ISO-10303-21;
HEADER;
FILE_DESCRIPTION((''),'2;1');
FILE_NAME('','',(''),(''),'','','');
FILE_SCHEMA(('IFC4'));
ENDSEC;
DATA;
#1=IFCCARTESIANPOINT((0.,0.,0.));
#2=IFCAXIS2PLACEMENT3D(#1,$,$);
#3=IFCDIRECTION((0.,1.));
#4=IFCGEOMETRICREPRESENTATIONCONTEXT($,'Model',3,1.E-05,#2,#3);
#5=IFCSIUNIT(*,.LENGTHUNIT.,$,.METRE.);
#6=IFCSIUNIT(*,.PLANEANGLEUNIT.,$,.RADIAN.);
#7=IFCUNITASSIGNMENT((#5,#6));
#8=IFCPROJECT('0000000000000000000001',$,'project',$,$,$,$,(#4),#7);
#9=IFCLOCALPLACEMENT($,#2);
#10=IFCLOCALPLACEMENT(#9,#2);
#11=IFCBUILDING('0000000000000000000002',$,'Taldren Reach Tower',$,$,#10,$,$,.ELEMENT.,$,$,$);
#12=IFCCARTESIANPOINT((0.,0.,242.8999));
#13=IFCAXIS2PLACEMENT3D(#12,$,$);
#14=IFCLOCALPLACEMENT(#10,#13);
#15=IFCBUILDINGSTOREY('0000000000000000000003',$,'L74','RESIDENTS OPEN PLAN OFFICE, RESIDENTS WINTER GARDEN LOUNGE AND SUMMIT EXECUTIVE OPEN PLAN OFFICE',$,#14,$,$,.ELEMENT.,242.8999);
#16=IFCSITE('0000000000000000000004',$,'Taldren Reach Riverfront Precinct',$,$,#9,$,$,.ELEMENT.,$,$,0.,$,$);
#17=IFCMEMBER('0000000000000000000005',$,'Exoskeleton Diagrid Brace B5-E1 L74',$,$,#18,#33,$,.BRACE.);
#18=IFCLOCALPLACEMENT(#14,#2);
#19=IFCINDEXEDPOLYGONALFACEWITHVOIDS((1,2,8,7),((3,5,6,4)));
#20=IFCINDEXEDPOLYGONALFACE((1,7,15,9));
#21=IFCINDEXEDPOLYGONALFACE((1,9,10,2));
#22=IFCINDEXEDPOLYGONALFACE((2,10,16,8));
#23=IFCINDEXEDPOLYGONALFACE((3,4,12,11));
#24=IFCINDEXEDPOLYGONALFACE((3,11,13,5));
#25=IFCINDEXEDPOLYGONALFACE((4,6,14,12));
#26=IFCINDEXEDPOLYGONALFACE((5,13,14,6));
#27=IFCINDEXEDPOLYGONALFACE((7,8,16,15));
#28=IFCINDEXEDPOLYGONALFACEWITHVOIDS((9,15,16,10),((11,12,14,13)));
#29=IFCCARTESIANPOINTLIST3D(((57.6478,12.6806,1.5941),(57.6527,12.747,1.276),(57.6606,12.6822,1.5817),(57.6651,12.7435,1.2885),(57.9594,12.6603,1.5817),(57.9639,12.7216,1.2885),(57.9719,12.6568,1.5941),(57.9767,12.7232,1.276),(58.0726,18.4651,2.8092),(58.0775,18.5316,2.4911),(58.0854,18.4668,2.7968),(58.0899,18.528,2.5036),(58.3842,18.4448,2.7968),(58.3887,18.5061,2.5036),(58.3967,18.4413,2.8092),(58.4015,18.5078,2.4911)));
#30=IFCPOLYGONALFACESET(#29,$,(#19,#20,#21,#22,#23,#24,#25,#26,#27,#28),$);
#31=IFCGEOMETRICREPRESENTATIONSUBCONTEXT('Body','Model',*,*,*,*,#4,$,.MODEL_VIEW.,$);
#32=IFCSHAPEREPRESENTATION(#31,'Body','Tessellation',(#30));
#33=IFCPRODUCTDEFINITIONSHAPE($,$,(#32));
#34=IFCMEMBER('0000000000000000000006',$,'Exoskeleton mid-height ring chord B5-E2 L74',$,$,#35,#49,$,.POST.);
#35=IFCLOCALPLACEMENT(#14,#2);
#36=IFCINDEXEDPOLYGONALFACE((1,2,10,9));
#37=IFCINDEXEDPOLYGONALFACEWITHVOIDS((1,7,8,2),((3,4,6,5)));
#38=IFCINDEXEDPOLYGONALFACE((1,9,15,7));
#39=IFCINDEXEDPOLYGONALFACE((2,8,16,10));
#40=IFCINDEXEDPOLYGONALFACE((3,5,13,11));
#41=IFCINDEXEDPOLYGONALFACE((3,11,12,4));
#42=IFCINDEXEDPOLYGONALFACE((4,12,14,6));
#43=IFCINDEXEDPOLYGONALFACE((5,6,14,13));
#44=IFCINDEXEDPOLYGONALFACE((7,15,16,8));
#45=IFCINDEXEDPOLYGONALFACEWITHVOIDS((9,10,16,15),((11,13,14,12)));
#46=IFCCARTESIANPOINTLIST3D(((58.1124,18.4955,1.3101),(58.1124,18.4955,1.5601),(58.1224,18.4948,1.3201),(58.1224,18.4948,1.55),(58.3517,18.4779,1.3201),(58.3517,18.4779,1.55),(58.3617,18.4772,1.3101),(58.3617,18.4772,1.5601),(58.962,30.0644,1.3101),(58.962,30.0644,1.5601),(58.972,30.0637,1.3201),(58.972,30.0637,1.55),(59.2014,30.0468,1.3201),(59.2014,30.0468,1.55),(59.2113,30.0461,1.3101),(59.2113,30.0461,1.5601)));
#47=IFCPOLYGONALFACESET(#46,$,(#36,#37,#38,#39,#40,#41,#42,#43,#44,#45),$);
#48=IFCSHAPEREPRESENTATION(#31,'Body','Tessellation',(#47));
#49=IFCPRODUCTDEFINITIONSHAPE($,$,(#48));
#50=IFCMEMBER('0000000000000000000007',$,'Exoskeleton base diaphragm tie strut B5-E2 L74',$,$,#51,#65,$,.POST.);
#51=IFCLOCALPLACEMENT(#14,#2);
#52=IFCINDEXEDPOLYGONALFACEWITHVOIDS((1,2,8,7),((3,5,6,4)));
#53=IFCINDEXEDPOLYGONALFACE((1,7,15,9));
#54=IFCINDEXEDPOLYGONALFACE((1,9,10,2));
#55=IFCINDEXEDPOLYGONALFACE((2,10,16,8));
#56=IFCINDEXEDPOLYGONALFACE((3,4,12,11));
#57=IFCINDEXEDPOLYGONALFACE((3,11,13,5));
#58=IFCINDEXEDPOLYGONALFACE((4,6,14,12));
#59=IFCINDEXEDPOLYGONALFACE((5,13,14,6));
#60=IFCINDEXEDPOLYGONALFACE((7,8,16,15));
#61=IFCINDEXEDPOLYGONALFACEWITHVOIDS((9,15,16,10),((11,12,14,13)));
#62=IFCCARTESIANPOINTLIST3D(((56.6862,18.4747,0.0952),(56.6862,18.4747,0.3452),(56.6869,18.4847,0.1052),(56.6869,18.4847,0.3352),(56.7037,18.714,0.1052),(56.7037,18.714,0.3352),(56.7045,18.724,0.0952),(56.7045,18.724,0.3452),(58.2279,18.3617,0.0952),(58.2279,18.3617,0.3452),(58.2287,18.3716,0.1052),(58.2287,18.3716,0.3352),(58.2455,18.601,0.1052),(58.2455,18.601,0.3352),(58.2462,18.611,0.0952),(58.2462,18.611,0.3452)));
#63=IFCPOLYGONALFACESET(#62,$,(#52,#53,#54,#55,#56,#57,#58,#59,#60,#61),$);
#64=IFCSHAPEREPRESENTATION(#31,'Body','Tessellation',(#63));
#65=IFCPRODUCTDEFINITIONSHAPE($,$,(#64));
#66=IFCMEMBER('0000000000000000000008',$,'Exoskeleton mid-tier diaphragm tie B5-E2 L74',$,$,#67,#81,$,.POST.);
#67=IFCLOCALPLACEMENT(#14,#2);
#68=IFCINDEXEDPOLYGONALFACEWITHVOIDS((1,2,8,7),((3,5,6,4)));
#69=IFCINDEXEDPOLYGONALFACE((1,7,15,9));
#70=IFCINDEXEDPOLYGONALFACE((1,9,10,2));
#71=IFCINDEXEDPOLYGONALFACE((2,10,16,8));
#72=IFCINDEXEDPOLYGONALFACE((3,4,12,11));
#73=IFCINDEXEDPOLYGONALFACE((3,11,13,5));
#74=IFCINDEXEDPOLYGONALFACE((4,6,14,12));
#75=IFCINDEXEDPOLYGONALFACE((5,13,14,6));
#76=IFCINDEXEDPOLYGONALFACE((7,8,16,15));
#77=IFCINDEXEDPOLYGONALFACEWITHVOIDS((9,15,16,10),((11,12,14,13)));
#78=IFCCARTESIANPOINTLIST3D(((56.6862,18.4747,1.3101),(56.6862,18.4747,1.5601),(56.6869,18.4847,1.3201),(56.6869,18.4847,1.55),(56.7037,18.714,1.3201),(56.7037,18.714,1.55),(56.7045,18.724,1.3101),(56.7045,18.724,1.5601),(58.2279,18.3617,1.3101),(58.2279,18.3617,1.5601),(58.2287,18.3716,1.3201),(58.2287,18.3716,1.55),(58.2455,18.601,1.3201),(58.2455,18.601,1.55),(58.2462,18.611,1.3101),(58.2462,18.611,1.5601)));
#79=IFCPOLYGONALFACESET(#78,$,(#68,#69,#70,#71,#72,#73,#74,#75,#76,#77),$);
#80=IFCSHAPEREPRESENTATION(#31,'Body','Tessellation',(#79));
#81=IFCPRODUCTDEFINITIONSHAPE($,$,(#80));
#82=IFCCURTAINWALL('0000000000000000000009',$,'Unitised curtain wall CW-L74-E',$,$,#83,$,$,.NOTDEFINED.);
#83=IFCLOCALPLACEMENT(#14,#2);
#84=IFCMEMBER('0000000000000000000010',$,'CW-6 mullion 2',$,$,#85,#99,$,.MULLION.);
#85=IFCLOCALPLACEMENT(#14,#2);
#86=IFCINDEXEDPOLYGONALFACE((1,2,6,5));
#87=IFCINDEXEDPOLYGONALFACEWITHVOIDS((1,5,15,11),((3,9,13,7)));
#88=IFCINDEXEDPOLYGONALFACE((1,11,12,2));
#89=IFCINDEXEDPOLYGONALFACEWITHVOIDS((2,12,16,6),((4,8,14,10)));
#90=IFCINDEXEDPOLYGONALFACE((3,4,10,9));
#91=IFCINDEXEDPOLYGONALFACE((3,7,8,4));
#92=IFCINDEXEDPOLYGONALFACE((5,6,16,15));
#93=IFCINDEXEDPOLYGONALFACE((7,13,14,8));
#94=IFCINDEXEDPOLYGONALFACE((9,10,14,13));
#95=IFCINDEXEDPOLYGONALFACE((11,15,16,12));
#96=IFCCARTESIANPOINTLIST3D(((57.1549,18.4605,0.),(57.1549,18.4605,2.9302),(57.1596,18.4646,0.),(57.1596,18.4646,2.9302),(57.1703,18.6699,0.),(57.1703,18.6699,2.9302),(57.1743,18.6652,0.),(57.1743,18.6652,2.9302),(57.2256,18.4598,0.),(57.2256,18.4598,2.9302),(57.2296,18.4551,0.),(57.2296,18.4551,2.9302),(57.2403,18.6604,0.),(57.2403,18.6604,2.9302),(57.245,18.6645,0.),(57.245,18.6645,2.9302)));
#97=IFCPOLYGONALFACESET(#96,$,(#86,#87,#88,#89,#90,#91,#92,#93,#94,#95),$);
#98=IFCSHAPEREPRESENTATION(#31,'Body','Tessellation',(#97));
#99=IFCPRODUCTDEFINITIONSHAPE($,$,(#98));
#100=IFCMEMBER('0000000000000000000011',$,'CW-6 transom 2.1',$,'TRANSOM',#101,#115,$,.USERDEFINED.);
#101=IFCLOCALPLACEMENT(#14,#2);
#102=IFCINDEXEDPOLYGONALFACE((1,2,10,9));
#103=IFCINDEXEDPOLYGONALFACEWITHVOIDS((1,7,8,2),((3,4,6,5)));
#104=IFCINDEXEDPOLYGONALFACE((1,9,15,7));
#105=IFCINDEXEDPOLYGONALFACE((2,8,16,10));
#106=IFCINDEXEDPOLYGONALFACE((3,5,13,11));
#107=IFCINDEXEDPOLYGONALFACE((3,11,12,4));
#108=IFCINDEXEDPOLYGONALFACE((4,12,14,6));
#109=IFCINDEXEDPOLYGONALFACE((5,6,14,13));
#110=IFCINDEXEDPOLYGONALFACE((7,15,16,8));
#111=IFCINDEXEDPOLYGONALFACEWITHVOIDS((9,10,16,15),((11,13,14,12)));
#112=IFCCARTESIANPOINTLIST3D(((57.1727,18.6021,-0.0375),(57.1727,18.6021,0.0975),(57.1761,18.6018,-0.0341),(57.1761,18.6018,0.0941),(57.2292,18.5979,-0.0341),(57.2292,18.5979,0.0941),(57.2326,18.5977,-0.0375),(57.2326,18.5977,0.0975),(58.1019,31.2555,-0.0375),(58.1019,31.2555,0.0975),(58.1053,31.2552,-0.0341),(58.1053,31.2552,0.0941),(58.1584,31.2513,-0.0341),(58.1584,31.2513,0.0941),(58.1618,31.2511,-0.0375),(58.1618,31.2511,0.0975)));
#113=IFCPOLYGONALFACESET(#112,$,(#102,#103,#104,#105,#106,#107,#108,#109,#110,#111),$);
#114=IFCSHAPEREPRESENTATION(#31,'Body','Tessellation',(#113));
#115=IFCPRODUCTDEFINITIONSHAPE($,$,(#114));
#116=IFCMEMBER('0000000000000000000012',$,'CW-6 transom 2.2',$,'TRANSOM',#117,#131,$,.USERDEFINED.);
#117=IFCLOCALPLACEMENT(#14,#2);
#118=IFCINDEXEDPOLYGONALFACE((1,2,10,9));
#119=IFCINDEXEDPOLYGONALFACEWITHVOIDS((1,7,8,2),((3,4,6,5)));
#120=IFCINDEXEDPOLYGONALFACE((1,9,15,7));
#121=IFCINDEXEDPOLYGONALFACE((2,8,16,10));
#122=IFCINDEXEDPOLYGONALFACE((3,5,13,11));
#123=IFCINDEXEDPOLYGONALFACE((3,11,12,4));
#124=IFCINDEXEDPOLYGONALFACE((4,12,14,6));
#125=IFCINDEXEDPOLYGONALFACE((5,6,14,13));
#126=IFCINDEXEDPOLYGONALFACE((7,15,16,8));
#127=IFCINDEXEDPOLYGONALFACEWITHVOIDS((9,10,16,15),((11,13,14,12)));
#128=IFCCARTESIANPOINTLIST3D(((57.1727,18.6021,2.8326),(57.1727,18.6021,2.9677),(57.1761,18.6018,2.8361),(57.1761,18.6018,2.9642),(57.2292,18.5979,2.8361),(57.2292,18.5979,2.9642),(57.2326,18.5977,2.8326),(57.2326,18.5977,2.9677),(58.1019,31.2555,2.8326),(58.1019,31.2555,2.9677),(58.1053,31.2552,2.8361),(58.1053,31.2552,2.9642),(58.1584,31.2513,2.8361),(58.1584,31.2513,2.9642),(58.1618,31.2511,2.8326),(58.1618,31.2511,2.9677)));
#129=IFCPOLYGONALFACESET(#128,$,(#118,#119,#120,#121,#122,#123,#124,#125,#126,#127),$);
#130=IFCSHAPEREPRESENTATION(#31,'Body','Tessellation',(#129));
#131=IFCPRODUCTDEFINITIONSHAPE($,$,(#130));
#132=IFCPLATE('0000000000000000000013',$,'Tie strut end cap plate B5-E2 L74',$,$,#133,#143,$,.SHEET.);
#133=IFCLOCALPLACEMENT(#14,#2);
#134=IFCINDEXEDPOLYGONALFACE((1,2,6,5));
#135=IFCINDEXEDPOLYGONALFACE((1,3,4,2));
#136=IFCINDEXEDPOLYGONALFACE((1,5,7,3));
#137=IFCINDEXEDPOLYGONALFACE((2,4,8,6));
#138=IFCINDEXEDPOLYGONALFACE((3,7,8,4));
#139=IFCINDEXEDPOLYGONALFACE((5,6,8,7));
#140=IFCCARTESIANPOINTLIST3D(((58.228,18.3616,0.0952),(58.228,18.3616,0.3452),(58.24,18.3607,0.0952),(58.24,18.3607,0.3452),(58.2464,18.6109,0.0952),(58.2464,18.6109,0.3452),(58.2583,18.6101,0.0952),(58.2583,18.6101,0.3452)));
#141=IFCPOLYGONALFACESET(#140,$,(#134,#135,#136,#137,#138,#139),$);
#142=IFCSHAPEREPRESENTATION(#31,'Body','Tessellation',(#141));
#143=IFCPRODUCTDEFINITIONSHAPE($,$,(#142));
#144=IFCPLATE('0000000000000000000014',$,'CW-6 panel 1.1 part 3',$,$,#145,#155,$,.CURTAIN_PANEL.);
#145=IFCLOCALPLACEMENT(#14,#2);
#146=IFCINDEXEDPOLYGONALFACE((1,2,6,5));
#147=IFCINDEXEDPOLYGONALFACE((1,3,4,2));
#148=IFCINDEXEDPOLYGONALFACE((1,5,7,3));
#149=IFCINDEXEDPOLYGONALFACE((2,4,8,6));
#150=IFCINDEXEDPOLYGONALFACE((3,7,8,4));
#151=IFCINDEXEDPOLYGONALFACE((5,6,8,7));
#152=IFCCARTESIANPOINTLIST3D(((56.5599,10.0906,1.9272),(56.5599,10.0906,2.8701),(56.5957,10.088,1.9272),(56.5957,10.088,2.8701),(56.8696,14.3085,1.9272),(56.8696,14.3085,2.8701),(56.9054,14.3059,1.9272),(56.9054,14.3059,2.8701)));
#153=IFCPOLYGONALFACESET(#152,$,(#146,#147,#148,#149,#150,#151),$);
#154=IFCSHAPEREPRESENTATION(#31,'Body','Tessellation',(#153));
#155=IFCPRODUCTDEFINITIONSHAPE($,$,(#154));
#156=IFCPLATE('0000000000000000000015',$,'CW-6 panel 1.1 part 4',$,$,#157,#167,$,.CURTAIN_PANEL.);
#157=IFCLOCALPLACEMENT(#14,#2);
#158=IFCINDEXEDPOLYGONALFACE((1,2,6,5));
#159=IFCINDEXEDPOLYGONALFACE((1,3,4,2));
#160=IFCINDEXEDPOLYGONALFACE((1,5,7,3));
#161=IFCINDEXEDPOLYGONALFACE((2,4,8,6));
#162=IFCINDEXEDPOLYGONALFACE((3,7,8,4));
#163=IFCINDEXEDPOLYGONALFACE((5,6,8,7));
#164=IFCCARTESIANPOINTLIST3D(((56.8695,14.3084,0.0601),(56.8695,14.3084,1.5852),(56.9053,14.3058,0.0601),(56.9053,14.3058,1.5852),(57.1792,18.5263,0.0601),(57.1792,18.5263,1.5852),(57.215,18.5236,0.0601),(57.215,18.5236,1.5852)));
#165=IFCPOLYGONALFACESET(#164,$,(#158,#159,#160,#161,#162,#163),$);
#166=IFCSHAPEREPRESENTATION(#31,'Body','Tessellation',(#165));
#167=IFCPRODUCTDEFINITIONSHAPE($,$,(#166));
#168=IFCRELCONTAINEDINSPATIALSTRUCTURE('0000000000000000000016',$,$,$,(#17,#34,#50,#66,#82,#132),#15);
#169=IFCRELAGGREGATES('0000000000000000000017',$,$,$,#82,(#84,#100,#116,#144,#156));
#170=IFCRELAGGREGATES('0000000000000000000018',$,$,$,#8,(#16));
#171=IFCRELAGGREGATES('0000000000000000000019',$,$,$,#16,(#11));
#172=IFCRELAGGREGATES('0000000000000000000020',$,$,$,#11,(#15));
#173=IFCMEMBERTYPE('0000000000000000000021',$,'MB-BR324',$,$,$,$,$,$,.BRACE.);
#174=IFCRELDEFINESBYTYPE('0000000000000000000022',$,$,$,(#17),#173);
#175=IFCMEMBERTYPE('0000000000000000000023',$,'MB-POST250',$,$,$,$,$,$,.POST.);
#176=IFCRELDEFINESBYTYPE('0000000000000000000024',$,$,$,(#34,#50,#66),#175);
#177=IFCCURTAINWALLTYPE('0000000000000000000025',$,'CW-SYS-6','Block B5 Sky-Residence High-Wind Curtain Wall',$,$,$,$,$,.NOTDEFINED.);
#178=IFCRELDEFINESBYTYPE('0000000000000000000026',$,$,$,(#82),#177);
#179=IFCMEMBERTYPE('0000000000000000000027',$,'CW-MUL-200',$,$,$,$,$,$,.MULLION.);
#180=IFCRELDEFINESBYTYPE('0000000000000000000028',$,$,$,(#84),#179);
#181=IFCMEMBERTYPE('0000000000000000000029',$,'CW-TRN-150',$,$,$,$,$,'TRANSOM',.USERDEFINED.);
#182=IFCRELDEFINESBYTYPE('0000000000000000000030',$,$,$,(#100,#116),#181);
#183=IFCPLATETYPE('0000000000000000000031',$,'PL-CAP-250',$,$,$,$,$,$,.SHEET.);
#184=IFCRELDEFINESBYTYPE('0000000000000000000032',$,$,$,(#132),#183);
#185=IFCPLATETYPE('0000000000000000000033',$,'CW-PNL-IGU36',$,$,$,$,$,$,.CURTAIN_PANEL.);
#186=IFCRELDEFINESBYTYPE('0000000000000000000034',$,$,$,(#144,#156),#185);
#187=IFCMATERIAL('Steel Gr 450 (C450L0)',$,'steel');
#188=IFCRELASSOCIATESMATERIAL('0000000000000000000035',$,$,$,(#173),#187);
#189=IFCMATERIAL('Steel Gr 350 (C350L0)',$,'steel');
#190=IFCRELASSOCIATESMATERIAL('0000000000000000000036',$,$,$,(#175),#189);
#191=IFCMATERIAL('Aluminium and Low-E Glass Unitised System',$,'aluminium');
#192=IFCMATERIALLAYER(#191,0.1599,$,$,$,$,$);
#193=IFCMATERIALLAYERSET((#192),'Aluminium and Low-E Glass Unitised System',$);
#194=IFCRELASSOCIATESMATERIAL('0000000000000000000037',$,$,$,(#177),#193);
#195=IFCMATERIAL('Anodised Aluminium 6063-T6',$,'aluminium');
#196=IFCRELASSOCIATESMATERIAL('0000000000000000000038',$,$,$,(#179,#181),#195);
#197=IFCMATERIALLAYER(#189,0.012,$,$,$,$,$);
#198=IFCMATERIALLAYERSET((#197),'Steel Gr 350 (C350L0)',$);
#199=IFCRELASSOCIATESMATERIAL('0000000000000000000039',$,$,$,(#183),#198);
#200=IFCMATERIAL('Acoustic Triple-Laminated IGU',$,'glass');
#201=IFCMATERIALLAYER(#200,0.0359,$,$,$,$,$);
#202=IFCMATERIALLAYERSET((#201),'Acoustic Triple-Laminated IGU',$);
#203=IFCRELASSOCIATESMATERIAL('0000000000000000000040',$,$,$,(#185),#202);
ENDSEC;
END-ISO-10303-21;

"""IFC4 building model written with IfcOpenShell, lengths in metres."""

from ifc_helpers import new_model, si_unit, direction, frame, origin, origin_2d, place, context, subcontext, project, spatial, rectangle, hollow_rectangle, extrude, source, transform, mapped, material, layer, layer_set, material_profile, profile_set, type_object, element, aggregate, save


model = new_model("IFC4")

# Units and contexts
model_context = context("Model", 3, precision=1e-05, world=origin(), true_north=direction((0.0, 1.0)))
body_context = subcontext(model_context, "Body", "Model", "MODEL_VIEW")
ifc_project = project(units=[si_unit("LENGTHUNIT", "METRE"), si_unit("PLANEANGLEUNIT", "RADIAN")], contexts=[model_context])

# Site, building, storey
site_placement = place(None, origin())
site = spatial("IfcSite", under=ifc_project, at=site_placement, Name="Taldren Reach Riverfront Precinct", CompositionType="ELEMENT", RefElevation=0.0)
building_placement = place(site_placement, origin())
building = spatial("IfcBuilding", under=site, at=building_placement, Name="Taldren Reach Tower", CompositionType="ELEMENT")
storey_placement = place(building_placement, frame((0.0, 0.0, 242.8999)))
storey = spatial("IfcBuildingStorey", under=building, at=storey_placement, Name="L74", Description="RESIDENTS OPEN PLAN OFFICE, RESIDENTS WINTER GARDEN LOUNGE AND SUMMIT EXECUTIVE OPEN PLAN OFFICE", CompositionType="ELEMENT", Elevation=242.8999)

# Shared definitions
ifc_material_1 = material(Name="Steel Gr 450 (C450L0)", Category="steel")

# Members
ifc_material_profile_1 = material_profile(ifc_material_1, hollow_rectangle(XDim=0.325, YDim=0.325, WallThickness=0.0127, at=origin_2d()), Name="325x325x12.7SHS")
ifc_profile_set_1 = profile_set([ifc_material_profile_1], Name="Steel Gr 450 (C450L0)")
member_type_1 = type_object("IfcMemberType", Name="MB-BR324", PredefinedType="BRACE", material=ifc_profile_set_1)
shared_shape_1 = source(origin(), body_context, "Body", "SweptSolid", [
    extrude(hollow_rectangle(XDim=0.325, YDim=0.325, WallThickness=0.0127, at=origin_2d()), origin(), (0.0, 0.0, 1.0), 5.926),
])
member_1_placement = place(storey_placement, frame((57.8123, 12.7019, 1.4351), z_axis=(0.071686, 0.976123, 0.205046), x_axis=(-0.997314, 0.073242, 0.0)))
element("IfcMember", 1, at=member_1_placement, inside=storey, type_object=member_type_1, Name="Exoskeleton Diagrid Brace B5-E1 L74", PredefinedType="BRACE", context=body_context, shape_type="MappedRepresentation", body=[
    mapped(shared_shape_1, transform((0.0, 0.0, 0.0), scale=1.0)),
])
ifc_material_2 = material(Name="Steel Gr 350 (C350L0)", Category="steel")
ifc_material_profile_2 = material_profile(ifc_material_2, hollow_rectangle(XDim=0.25, YDim=0.25, WallThickness=0.01, at=origin_2d()), Name="250x250x10.0SHS")
ifc_profile_set_2 = profile_set([ifc_material_profile_2], Name="Steel Gr 350 (C350L0)")
member_type_2 = type_object("IfcMemberType", Name="MB-POST250", PredefinedType="POST", material=ifc_profile_set_2)
shared_shape_2 = source(origin(), body_context, "Body", "SweptSolid", [
    extrude(hollow_rectangle(XDim=0.25, YDim=0.25, WallThickness=0.01, at=origin_2d()), origin(), (0.0, 0.0, 1.0), 11.6001),
])
member_2_placement = place(storey_placement, frame((58.2371, 18.4863, 1.4351), z_axis=(0.073242, 0.997314, 0.0), x_axis=(-0.997314, 0.073242, 0.0)))
element("IfcMember", 2, at=member_2_placement, inside=storey, type_object=member_type_2, Name="Exoskeleton mid-height ring chord B5-E2 L74", PredefinedType="POST", context=body_context, shape_type="MappedRepresentation", body=[
    mapped(shared_shape_2, transform((0.0, 0.0, 0.0), scale=1.0)),
])
shared_shape_3 = source(origin(), body_context, "Body", "SweptSolid", [
    extrude(hollow_rectangle(XDim=0.25, YDim=0.25, WallThickness=0.01, at=origin_2d()), origin(), (0.0, 0.0, 1.0), 1.5459),
])
for number, where, z_axis, x_axis, name in (
    (3, (56.6953, 18.5994, 0.2202), (0.997323, -0.073121, 0.0), (0.073121, 0.997323, 0.0), "Exoskeleton base diaphragm tie strut B5-E2 L74"),
    (4, (56.6953, 18.5994, 1.4351), (0.997323, -0.073121, 0.0), (0.073121, 0.997323, 0.0), "Exoskeleton mid-tier diaphragm tie B5-E2 L74"),
):
    element("IfcMember", number, at=place(storey_placement, frame(where, z_axis=z_axis, x_axis=x_axis)), inside=storey, type_object=member_type_2, Name=name, PredefinedType="POST", context=body_context, shape_type="MappedRepresentation", body=[
        mapped(shared_shape_3, transform((0.0, 0.0, 0.0), scale=1.0)),
    ])

# Curtain wall, members
ifc_material_3 = material(Name="Aluminium and Low-E Glass Unitised System", Category="aluminium")
ifc_layer_1 = layer(ifc_material_3, 0.1599)
ifc_layer_set_1 = layer_set([ifc_layer_1], Name="Aluminium and Low-E Glass Unitised System")
curtain_wall_type = type_object("IfcCurtainWallType", Name="CW-SYS-6", Description="Block B5 Sky-Residence High-Wind Curtain Wall", PredefinedType="NOTDEFINED", material=ifc_layer_set_1)
curtain_wall_placement = place(storey_placement, origin())
curtain_wall = element("IfcCurtainWall", 5, at=curtain_wall_placement, inside=storey, type_object=curtain_wall_type, Name="Unitised curtain wall CW-L74-E", PredefinedType="NOTDEFINED")
ifc_material_4 = material(Name="Anodised Aluminium 6063-T6", Category="aluminium")
ifc_material_profile_3 = material_profile(ifc_material_4, hollow_rectangle(XDim=0.075, YDim=0.21, WallThickness=0.0044, at=origin_2d()), Name="ALU-210x75x4.5RHS")
ifc_profile_set_3 = profile_set([ifc_material_profile_3], Name="Anodised Aluminium 6063-T6")
member_type_3 = type_object("IfcMemberType", Name="CW-MUL-200", PredefinedType="MULLION", material=ifc_profile_set_3)
shared_shape_4 = source(origin(), body_context, "Body", "SweptSolid", [
    extrude(hollow_rectangle(XDim=0.075, YDim=0.21, WallThickness=0.0044, at=origin_2d()), origin(), (0.0, 0.0, 1.0), 2.9302),
])
member_3_placement = place(storey_placement, frame((57.2, 18.5625, 0.0), z_axis=(0.0, 0.0, 1.0), x_axis=(-0.997314, 0.073238, 0.0)))
member_3 = element("IfcMember", 6, at=member_3_placement, type_object=member_type_3, Name="CW-6 mullion 2", PredefinedType="MULLION", context=body_context, shape_type="MappedRepresentation", body=[
    mapped(shared_shape_4, transform((0.0, 0.0, 0.0), scale=1.0)),
])
ifc_material_profile_4 = material_profile(ifc_material_4, hollow_rectangle(XDim=0.0601, YDim=0.135, WallThickness=0.0034, at=origin_2d()), Name="ALU-135x60x3.5RHS")
ifc_profile_set_4 = profile_set([ifc_material_profile_4], Name="Anodised Aluminium 6063-T6")
member_type_4 = type_object("IfcMemberType", Name="CW-TRN-150", ElementType="TRANSOM", PredefinedType="USERDEFINED", material=ifc_profile_set_4)
shared_shape_5 = source(origin(), body_context, "Body", "SweptSolid", [
    extrude(hollow_rectangle(XDim=0.0601, YDim=0.135, WallThickness=0.0034, at=origin_2d()), origin(), (0.0, 0.0, 1.0), 12.6875),
])
member_4_placement = place(storey_placement, frame((57.2026, 18.5999, 0.03), z_axis=(0.073238, 0.997314, 0.0), x_axis=(-0.997314, 0.073238, 0.0)))
member_4 = element("IfcMember", 7, at=member_4_placement, type_object=member_type_4, Name="CW-6 transom 2.1", ObjectType="TRANSOM", PredefinedType="USERDEFINED", context=body_context, shape_type="MappedRepresentation", body=[
    mapped(shared_shape_5, transform((0.0, 0.0, 0.0), scale=1.0)),
])
member_5_placement = place(storey_placement, frame((57.2026, 18.5999, 2.9001), z_axis=(0.073238, 0.997314, 0.0), x_axis=(-0.997314, 0.073238, 0.0)))
member_5 = element("IfcMember", 8, at=member_5_placement, type_object=member_type_4, Name="CW-6 transom 2.2", ObjectType="TRANSOM", PredefinedType="USERDEFINED", context=body_context, shape_type="MappedRepresentation", body=[
    mapped(shared_shape_5, transform((0.0, 0.0, 0.0), scale=1.0)),
])

# Plates
ifc_layer_2 = layer(ifc_material_2, 0.012)
ifc_layer_set_2 = layer_set([ifc_layer_2], Name="Steel Gr 350 (C350L0)")
plate_type_1 = type_object("IfcPlateType", Name="PL-CAP-250", PredefinedType="SHEET", material=ifc_layer_set_2)
shared_shape_6 = source(origin(), body_context, "Body", "SweptSolid", [
    extrude(rectangle(XDim=0.012, YDim=0.25, at=origin_2d()), origin(), (0.0, 0.0, 1.0), 0.25),
])
plate_1_placement = place(storey_placement, frame((58.2432, 18.4858, 0.0952), z_axis=(0.0, 0.0, 1.0), x_axis=(0.997314, -0.073238, 0.0)))
element("IfcPlate", 9, at=plate_1_placement, inside=storey, type_object=plate_type_1, Name="Tie strut end cap plate B5-E2 L74", PredefinedType="SHEET", context=body_context, shape_type="MappedRepresentation", body=[
    mapped(shared_shape_6, transform((0.0, 0.0, 0.0), scale=1.0)),
])
ifc_material_5 = material(Name="Acoustic Triple-Laminated IGU", Category="glass")
ifc_layer_3 = layer(ifc_material_5, 0.0359)
ifc_layer_set_3 = layer_set([ifc_layer_3], Name="Acoustic Triple-Laminated IGU")
plate_type_2 = type_object("IfcPlateType", Name="CW-PNL-IGU36", PredefinedType="CURTAIN_PANEL", material=ifc_layer_set_3)
shared_shape_7 = source(origin(), body_context, "Body", "SweptSolid", [
    extrude(rectangle(XDim=4.2292, YDim=0.0359, at=origin_2d()), origin(), (0.0, 0.0, 1.0), 0.9429),
])
plate_2_placement = place(storey_placement, frame((56.7327, 12.1982, 1.9272), z_axis=(0.0, 0.0, 1.0), x_axis=(0.073238, 0.997314, 0.0)))
plate_2 = element("IfcPlate", 10, at=plate_2_placement, type_object=plate_type_2, Name="CW-6 panel 1.1 part 3", PredefinedType="CURTAIN_PANEL", context=body_context, shape_type="MappedRepresentation", body=[
    mapped(shared_shape_7, transform((0.0, 0.0, 0.0), scale=1.0)),
])
shared_shape_8 = source(origin(), body_context, "Body", "SweptSolid", [
    extrude(rectangle(XDim=4.2292, YDim=0.0359, at=origin_2d()), origin(), (0.0, 0.0, 1.0), 1.5251),
])
plate_3_placement = place(storey_placement, frame((57.0422, 16.416, 0.0601), z_axis=(0.0, 0.0, 1.0), x_axis=(0.073238, 0.997314, 0.0)))
plate_3 = element("IfcPlate", 11, at=plate_3_placement, type_object=plate_type_2, Name="CW-6 panel 1.1 part 4", PredefinedType="CURTAIN_PANEL", context=body_context, shape_type="MappedRepresentation", body=[
    mapped(shared_shape_8, transform((0.0, 0.0, 0.0), scale=1.0)),
])
aggregate(curtain_wall, [member_3, member_4, member_5, plate_2, plate_3])

save(model, "model.ifc")
